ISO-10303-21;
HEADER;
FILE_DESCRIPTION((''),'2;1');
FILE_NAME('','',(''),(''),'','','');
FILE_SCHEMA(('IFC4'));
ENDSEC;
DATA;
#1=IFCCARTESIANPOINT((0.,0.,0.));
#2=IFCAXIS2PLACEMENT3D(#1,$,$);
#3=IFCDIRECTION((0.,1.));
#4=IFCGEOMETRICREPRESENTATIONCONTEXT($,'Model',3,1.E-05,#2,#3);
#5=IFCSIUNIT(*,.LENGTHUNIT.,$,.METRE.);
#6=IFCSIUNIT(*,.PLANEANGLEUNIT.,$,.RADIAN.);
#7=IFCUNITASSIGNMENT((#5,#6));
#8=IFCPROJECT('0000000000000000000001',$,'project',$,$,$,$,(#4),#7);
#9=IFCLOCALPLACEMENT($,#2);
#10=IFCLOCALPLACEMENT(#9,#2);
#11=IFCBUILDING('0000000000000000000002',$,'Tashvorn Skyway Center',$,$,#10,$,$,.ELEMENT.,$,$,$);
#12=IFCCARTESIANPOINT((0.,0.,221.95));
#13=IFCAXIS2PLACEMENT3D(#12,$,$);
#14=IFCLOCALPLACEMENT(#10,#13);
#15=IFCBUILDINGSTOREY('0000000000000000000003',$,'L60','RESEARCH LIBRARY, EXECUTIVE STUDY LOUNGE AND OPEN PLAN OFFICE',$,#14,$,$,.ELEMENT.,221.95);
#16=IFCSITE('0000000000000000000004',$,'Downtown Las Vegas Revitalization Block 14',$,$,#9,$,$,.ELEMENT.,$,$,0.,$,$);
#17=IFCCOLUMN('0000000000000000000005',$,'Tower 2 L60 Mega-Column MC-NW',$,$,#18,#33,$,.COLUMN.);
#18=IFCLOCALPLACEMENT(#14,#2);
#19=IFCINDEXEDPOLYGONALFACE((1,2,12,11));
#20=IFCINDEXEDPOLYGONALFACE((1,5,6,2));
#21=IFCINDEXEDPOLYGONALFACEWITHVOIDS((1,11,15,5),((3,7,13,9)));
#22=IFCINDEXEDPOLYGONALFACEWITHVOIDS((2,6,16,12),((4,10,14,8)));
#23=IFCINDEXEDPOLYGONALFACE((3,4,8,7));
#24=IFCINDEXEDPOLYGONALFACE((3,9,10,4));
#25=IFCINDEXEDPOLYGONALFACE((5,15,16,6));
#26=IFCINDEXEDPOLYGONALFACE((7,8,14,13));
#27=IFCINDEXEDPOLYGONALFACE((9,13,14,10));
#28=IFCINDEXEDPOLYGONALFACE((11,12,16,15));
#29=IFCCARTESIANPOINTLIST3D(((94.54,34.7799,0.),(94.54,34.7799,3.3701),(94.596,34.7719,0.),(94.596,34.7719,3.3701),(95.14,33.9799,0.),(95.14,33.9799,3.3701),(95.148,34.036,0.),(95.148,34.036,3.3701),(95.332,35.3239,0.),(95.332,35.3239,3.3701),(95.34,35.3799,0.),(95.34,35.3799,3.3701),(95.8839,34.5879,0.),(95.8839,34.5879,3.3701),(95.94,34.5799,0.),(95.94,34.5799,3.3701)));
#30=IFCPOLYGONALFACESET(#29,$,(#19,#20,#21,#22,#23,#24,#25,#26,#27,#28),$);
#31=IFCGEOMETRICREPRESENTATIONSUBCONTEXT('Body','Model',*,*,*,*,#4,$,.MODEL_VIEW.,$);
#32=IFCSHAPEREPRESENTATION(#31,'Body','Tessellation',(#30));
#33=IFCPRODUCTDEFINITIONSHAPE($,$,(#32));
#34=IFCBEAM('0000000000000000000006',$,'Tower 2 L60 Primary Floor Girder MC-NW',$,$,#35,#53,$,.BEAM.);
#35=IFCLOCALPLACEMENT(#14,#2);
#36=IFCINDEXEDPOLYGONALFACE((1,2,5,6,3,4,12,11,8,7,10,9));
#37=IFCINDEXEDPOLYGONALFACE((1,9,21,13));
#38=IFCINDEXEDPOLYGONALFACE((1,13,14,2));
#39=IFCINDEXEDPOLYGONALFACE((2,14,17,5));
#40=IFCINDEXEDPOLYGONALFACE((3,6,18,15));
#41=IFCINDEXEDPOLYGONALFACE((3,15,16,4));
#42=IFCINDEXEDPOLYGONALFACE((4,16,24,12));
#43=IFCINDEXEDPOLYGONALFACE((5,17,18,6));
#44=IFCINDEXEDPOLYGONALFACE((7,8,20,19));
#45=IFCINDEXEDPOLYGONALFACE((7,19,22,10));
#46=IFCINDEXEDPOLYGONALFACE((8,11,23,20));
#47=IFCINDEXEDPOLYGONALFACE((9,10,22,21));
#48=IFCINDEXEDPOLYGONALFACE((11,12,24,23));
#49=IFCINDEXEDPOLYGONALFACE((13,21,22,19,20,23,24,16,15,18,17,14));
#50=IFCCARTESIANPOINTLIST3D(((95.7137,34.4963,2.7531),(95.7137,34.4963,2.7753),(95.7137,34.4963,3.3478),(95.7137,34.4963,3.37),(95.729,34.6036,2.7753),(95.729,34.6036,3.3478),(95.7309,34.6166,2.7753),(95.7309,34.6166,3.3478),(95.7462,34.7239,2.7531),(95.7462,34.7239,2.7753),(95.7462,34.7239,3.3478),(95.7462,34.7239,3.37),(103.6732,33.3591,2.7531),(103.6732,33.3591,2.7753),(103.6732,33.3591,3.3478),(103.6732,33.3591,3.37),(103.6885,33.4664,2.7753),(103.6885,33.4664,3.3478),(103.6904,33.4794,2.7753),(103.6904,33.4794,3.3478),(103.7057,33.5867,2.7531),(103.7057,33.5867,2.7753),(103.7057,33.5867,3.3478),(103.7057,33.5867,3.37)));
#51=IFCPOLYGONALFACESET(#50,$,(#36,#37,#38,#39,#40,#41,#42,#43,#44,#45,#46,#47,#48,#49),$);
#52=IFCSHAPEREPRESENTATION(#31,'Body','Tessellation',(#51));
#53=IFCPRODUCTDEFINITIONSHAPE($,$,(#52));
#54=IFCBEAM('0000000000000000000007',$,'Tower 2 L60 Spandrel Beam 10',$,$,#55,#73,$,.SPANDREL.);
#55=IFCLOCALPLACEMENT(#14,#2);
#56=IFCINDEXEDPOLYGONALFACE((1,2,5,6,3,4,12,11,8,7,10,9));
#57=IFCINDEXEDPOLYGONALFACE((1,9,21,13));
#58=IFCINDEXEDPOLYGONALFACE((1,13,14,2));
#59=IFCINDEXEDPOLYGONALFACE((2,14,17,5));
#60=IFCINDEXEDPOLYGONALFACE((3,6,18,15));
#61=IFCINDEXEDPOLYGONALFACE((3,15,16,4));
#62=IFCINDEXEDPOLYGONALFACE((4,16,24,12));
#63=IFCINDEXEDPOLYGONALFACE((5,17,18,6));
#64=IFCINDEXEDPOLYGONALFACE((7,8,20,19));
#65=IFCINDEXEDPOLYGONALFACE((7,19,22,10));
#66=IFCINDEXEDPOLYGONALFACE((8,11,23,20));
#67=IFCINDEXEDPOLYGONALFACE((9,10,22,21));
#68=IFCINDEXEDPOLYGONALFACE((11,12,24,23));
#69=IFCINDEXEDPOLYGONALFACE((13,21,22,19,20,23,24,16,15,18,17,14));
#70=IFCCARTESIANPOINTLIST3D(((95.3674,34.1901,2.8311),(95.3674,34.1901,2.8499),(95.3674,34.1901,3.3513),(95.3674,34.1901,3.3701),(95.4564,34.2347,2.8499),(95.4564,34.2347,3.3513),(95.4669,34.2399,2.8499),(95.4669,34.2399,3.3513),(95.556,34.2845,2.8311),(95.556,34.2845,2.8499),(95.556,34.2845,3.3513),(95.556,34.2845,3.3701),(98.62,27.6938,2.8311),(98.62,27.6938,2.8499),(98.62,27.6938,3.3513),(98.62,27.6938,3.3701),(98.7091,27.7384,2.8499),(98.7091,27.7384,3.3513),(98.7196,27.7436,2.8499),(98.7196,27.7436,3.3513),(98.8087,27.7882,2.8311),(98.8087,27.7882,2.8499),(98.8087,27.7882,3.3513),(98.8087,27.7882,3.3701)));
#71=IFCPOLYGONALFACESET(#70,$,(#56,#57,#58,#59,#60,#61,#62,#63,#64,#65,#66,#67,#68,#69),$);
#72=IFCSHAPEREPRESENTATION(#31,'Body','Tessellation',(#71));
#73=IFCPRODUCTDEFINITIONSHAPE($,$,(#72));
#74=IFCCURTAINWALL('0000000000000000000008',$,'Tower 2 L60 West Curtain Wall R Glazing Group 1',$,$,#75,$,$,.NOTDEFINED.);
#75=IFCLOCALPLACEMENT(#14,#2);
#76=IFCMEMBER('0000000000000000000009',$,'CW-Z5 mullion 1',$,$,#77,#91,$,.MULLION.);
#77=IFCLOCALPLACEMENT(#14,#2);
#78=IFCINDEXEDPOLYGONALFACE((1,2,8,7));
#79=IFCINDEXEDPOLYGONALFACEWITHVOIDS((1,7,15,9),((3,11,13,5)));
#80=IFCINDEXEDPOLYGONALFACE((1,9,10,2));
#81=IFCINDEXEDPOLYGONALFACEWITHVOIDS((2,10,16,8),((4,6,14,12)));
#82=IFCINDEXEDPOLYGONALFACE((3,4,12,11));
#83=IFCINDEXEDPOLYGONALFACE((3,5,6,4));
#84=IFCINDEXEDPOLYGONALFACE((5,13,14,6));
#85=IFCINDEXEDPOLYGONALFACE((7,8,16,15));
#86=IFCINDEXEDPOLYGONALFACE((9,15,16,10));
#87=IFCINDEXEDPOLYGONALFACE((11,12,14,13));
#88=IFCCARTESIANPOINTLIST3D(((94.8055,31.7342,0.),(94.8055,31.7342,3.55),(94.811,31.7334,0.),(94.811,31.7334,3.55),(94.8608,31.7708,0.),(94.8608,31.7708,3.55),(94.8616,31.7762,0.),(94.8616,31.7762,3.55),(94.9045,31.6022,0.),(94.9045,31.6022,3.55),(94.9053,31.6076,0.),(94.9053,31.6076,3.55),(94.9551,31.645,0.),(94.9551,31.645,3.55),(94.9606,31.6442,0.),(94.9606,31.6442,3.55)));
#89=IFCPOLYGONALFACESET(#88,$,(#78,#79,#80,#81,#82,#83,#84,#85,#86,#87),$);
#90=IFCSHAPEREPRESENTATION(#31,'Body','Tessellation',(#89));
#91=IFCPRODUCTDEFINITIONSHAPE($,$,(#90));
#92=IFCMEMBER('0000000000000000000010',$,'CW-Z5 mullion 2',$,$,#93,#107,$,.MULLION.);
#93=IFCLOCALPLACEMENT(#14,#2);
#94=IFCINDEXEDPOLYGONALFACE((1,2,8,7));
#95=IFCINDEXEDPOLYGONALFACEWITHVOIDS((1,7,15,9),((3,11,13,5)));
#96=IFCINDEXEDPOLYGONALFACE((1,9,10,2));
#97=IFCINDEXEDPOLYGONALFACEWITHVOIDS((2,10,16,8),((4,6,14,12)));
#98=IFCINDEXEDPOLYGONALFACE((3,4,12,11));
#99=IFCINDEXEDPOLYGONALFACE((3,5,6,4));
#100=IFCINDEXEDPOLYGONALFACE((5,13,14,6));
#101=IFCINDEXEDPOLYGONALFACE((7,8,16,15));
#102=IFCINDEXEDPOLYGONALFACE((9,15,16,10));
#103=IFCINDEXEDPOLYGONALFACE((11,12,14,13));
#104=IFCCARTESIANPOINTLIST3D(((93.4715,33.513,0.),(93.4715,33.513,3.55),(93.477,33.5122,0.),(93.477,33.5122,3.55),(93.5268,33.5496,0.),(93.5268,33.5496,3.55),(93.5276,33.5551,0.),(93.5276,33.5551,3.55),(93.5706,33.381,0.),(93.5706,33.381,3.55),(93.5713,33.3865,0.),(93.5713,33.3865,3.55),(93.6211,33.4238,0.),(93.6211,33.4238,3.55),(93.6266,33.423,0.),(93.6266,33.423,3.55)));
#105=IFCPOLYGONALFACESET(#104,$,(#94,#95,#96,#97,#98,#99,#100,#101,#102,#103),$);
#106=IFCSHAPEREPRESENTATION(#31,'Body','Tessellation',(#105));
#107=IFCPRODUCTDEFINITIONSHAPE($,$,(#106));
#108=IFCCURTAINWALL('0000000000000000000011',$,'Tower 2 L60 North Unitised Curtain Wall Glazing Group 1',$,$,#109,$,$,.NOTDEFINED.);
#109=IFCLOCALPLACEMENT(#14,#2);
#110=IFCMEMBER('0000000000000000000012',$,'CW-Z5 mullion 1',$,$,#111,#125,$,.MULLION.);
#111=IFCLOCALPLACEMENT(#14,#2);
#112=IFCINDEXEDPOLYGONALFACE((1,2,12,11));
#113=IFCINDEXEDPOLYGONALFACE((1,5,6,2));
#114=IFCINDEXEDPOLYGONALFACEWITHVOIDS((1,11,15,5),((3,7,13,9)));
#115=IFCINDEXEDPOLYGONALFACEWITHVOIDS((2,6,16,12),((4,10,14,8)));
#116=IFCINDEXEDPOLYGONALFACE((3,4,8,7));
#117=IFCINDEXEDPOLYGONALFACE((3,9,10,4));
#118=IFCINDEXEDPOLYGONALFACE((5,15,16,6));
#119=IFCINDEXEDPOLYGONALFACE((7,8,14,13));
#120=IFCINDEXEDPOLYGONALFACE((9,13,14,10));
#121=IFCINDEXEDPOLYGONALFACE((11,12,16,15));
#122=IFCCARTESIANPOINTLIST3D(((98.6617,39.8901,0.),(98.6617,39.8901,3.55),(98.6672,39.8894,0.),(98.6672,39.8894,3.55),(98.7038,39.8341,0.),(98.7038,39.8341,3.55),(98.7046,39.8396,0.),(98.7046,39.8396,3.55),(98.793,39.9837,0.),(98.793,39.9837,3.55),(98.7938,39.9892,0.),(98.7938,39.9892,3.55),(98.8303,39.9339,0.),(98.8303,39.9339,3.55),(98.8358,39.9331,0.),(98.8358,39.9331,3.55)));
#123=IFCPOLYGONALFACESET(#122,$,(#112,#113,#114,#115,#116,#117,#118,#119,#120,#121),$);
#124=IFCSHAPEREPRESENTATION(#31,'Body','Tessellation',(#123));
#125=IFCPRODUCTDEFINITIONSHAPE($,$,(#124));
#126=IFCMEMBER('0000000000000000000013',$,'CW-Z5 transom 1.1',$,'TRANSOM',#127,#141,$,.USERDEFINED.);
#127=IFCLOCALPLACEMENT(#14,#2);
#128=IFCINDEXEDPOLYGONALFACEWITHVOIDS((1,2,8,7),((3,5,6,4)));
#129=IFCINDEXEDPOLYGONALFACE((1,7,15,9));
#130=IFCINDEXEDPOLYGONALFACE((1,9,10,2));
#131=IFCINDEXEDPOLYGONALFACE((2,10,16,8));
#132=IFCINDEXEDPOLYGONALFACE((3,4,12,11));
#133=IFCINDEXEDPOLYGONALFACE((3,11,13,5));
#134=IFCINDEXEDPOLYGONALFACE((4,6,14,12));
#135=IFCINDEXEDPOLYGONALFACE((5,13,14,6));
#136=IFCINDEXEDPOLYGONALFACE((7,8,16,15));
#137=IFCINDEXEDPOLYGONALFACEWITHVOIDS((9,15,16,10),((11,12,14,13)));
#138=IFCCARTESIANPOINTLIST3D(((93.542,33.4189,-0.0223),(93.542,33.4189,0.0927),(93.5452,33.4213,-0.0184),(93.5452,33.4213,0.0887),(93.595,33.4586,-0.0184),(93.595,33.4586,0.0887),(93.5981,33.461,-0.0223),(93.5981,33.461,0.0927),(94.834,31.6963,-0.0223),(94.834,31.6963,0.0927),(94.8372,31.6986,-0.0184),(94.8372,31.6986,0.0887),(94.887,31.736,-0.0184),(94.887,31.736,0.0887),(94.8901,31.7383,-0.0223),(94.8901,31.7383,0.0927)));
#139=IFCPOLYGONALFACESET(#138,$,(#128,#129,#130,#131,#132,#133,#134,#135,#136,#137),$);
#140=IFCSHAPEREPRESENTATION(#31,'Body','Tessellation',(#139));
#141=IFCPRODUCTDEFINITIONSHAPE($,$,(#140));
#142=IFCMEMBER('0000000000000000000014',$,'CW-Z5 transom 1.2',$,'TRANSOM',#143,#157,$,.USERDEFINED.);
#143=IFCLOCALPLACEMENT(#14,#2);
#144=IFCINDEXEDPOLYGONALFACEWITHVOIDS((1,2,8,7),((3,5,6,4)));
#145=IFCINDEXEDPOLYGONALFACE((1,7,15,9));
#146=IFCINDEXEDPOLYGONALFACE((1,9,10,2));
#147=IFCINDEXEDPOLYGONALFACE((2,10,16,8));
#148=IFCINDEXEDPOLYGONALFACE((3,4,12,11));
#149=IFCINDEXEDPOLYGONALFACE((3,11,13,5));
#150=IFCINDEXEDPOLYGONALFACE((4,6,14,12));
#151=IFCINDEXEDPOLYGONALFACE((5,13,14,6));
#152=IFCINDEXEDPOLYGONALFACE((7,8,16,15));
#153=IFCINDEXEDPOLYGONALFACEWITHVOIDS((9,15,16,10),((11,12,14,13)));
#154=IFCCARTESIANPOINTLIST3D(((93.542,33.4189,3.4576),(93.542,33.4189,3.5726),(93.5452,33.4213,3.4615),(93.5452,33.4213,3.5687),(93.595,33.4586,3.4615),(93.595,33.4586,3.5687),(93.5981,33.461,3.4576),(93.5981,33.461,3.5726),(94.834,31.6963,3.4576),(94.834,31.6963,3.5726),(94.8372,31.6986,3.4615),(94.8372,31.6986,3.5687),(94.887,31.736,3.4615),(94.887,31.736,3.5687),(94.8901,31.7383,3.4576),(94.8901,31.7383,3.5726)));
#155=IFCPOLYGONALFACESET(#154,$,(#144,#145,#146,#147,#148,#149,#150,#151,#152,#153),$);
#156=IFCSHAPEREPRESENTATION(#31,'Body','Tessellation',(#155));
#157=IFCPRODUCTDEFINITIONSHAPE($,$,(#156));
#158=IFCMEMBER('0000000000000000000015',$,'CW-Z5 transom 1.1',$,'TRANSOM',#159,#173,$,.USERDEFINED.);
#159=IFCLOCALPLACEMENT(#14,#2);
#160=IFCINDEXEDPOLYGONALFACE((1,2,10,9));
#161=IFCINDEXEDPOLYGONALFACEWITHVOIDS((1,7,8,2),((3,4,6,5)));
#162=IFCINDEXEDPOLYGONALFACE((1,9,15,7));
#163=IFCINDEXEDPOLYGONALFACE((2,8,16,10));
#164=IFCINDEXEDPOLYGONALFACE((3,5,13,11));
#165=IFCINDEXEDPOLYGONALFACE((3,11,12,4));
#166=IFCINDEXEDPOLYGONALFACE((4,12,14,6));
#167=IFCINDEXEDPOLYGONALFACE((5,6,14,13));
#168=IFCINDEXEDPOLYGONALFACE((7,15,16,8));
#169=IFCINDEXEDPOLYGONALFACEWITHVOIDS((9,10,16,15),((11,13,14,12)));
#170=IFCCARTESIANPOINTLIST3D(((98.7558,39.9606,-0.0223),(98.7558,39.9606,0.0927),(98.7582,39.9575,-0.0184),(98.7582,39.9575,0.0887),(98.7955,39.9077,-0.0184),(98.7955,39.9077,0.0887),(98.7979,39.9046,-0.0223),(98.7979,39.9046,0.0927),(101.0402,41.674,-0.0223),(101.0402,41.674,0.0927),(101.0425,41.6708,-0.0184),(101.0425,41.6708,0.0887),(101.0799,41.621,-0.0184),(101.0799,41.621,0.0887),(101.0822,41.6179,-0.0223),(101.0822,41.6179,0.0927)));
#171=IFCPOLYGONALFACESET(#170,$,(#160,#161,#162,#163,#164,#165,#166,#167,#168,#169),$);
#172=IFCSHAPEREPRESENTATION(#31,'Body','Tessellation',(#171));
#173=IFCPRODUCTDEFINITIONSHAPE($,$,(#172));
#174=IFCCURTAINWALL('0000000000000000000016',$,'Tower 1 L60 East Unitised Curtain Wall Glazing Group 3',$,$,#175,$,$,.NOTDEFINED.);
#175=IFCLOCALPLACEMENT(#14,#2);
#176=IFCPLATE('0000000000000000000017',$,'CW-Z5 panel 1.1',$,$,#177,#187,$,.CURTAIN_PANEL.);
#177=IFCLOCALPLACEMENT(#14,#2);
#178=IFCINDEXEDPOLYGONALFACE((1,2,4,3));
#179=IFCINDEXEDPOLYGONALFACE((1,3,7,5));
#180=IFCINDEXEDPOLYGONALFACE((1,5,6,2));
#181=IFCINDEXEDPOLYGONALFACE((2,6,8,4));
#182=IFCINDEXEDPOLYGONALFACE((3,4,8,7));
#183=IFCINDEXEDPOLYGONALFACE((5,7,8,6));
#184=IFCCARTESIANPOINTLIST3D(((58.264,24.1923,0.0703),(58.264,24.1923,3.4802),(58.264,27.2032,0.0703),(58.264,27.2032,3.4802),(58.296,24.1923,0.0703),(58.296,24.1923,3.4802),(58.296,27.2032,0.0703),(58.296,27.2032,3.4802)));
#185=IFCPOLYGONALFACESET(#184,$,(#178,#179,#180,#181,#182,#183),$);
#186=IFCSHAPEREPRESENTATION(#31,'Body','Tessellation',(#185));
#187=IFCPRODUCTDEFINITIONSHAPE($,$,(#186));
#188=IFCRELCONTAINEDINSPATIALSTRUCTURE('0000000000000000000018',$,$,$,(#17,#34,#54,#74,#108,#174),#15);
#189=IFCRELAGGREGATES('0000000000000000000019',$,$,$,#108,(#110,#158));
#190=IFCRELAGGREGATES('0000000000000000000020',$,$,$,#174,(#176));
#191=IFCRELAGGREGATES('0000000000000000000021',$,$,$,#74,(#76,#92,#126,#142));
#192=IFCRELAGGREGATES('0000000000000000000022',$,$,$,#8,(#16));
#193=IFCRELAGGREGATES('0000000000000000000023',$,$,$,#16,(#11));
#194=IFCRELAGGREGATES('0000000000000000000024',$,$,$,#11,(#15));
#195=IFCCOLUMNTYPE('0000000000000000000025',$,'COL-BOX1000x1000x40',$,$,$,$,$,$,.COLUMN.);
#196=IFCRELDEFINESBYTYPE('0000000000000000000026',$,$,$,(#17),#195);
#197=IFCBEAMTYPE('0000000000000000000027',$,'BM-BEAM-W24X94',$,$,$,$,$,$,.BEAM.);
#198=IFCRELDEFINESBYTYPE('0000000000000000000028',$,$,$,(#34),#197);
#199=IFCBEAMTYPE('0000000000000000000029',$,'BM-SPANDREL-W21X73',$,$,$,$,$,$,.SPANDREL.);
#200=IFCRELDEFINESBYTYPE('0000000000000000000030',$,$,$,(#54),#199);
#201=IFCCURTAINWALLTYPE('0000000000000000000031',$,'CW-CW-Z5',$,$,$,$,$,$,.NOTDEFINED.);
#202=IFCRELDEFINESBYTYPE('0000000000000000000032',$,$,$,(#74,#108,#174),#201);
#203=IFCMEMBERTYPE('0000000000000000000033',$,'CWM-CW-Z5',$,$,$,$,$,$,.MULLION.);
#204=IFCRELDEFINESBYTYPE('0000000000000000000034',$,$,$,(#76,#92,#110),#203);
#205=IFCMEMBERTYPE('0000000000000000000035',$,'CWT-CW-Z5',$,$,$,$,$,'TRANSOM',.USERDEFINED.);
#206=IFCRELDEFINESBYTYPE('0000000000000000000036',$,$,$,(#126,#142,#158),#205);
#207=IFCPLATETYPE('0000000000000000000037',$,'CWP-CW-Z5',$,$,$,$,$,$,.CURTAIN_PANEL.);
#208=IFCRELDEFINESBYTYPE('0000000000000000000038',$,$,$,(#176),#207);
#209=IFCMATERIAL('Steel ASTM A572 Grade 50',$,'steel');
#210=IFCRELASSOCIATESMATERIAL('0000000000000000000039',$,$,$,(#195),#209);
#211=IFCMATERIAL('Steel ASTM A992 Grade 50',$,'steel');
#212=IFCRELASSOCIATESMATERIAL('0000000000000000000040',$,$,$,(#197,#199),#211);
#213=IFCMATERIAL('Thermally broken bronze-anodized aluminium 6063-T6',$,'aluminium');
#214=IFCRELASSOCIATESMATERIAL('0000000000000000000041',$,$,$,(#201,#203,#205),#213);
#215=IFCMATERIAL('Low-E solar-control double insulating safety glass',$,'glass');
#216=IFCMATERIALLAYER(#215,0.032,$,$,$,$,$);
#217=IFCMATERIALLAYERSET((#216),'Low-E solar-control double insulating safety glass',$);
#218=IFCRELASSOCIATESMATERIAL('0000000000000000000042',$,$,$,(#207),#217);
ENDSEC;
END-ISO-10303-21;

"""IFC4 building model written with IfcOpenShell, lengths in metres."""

from ifc_helpers import new_model, si_unit, direction, frame, origin, origin_2d, place, context, subcontext, project, spatial, rectangle, hollow_rectangle, i_section, extrude, material, layer, layer_set, material_profile, profile_set, type_object, element, aggregate, save


model = new_model("IFC4")

# Units and contexts
model_context = context("Model", 3, precision=1e-05, world=origin(), true_north=direction((0.0, 1.0)))
body_context = subcontext(model_context, "Body", "Model", "MODEL_VIEW")
ifc_project = project(units=[si_unit("LENGTHUNIT", "METRE"), si_unit("PLANEANGLEUNIT", "RADIAN")], contexts=[model_context])

# Site, building, storey
site_placement = place(None, origin())
site = spatial("IfcSite", under=ifc_project, at=site_placement, Name="Downtown Las Vegas Revitalization Block 14", CompositionType="ELEMENT", RefElevation=0.0)
building_placement = place(site_placement, origin())
building = spatial("IfcBuilding", under=site, at=building_placement, Name="Tashvorn Skyway Center", CompositionType="ELEMENT")
storey_placement = place(building_placement, frame((0.0, 0.0, 221.95)))
storey = spatial("IfcBuildingStorey", under=building, at=storey_placement, Name="L60", Description="RESEARCH LIBRARY, EXECUTIVE STUDY LOUNGE AND OPEN PLAN OFFICE", CompositionType="ELEMENT", Elevation=221.95)

# Column
ifc_material_1 = material(Name="Steel ASTM A572 Grade 50", Category="steel")
ifc_material_profile_1 = material_profile(ifc_material_1, hollow_rectangle(XDim=1.0, YDim=1.0, WallThickness=0.04, at=origin_2d()), Name="BOX1000x1000x40")
ifc_profile_set_1 = profile_set([ifc_material_profile_1], Name="Steel ASTM A572 Grade 50")
column_type = type_object("IfcColumnType", Name="COL-BOX1000x1000x40", PredefinedType="COLUMN", material=ifc_profile_set_1)
column_placement = place(storey_placement, frame((95.24, 34.6799, 0.0), z_axis=(0.0, 0.0, 1.0), x_axis=(0.8, 0.6, 0.0)))
element("IfcColumn", 1, at=column_placement, inside=storey, type_object=column_type, Name="Tower 2 L60 Mega-Column MC-NW", PredefinedType="COLUMN", context=body_context, shape_type="SweptSolid", body=[
    extrude(hollow_rectangle(XDim=1.0, YDim=1.0, WallThickness=0.04, at=origin_2d()), origin(), (0.0, 0.0, 1.0), 3.3701),
])

# Beams
ifc_material_2 = material(Name="Steel ASTM A992 Grade 50", Category="steel")
ifc_material_profile_2 = material_profile(ifc_material_2, i_section(OverallWidth=0.23, OverallDepth=0.6169, WebThickness=0.0132, FlangeThickness=0.0222, at=origin_2d()), Name="W24X94")
ifc_profile_set_2 = profile_set([ifc_material_profile_2], Name="Steel ASTM A992 Grade 50")
beam_type_1 = type_object("IfcBeamType", Name="BM-BEAM-W24X94", PredefinedType="BEAM", material=ifc_profile_set_2)
beam_1_placement = place(storey_placement, frame((95.73, 34.6101, 3.0615), z_axis=(0.989947, -0.141438, 0.0), x_axis=(0.141438, 0.989947, 0.0)))
element("IfcBeam", 2, at=beam_1_placement, inside=storey, type_object=beam_type_1, Name="Tower 2 L60 Primary Floor Girder MC-NW", PredefinedType="BEAM", context=body_context, shape_type="SweptSolid", body=[
    extrude(i_section(OverallWidth=0.23, OverallDepth=0.6169, WebThickness=0.0132, FlangeThickness=0.0222, at=origin_2d()), origin(), (0.0, 0.0, 1.0), 8.0403),
])
ifc_material_profile_3 = material_profile(ifc_material_2, i_section(OverallWidth=0.2109, OverallDepth=0.5391, WebThickness=0.0117, FlangeThickness=0.0188, at=origin_2d()), Name="W21X73")
ifc_profile_set_3 = profile_set([ifc_material_profile_3], Name="Steel ASTM A992 Grade 50")
beam_type_2 = type_object("IfcBeamType", Name="BM-SPANDREL-W21X73", PredefinedType="SPANDREL", material=ifc_profile_set_3)
beam_2_placement = place(storey_placement, frame((95.4617, 34.2373, 3.1006), z_axis=(0.447711, -0.894178, 0.0), x_axis=(0.894178, 0.447711, 0.0)))
element("IfcBeam", 3, at=beam_2_placement, inside=storey, type_object=beam_type_2, Name="Tower 2 L60 Spandrel Beam 10", PredefinedType="SPANDREL", context=body_context, shape_type="SweptSolid", body=[
    extrude(i_section(OverallWidth=0.2109, OverallDepth=0.5391, WebThickness=0.0117, FlangeThickness=0.0188, at=origin_2d()), origin(), (0.0, 0.0, 1.0), 7.2651),
])

# Curtain wall, members
ifc_material_3 = material(Name="Thermally broken bronze-anodized aluminium 6063-T6", Category="aluminium")
curtain_wall_type = type_object("IfcCurtainWallType", Name="CW-CW-Z5", PredefinedType="NOTDEFINED", material=ifc_material_3)
curtain_wall_1_placement = place(storey_placement, origin())
curtain_wall_1 = element("IfcCurtainWall", 4, at=curtain_wall_1_placement, inside=storey, type_object=curtain_wall_type, Name="Tower 2 L60 West Curtain Wall R Glazing Group 1", PredefinedType="NOTDEFINED")
ifc_material_profile_4 = material_profile(ifc_material_3, hollow_rectangle(XDim=0.0701, YDim=0.165, WallThickness=0.0039, at=origin_2d()), Name="ALU-MULL-70x165")
ifc_profile_set_4 = profile_set([ifc_material_profile_4], Name="Thermally broken bronze-anodized aluminium 6063-T6")
member_type_1 = type_object("IfcMemberType", Name="CWM-CW-Z5", PredefinedType="MULLION", material=ifc_profile_set_4)
member_1_placement = place(storey_placement, frame((94.8831, 31.6892, 0.0), z_axis=(0.0, 0.0, 1.0), x_axis=(-0.800005, -0.599993, 0.0)))
member_1 = element("IfcMember", 5, at=member_1_placement, type_object=member_type_1, Name="CW-Z5 mullion 1", PredefinedType="MULLION", context=body_context, shape_type="SweptSolid", body=[
    extrude(hollow_rectangle(XDim=0.0701, YDim=0.165, WallThickness=0.0039, at=origin_2d()), origin(), (0.0, 0.0, 1.0), 3.55),
])
member_2_placement = place(storey_placement, frame((93.5491, 33.468, 0.0), z_axis=(0.0, 0.0, 1.0), x_axis=(-0.800005, -0.599993, 0.0)))
member_2 = element("IfcMember", 6, at=member_2_placement, type_object=member_type_1, Name="CW-Z5 mullion 2", PredefinedType="MULLION", context=body_context, shape_type="SweptSolid", body=[
    extrude(hollow_rectangle(XDim=0.0701, YDim=0.165, WallThickness=0.0039, at=origin_2d()), origin(), (0.0, 0.0, 1.0), 3.55),
])

# Curtain wall, member
curtain_wall_2_placement = place(storey_placement, origin())
curtain_wall_2 = element("IfcCurtainWall", 7, at=curtain_wall_2_placement, inside=storey, type_object=curtain_wall_type, Name="Tower 2 L60 North Unitised Curtain Wall Glazing Group 1", PredefinedType="NOTDEFINED")
member_3_placement = place(storey_placement, frame((98.7488, 39.9116, 0.0), z_axis=(0.0, 0.0, 1.0), x_axis=(-0.6, 0.8, 0.0)))
member_3 = element("IfcMember", 8, at=member_3_placement, type_object=member_type_1, Name="CW-Z5 mullion 1", PredefinedType="MULLION", context=body_context, shape_type="SweptSolid", body=[
    extrude(hollow_rectangle(XDim=0.0701, YDim=0.165, WallThickness=0.0039, at=origin_2d()), origin(), (0.0, 0.0, 1.0), 3.55),
])

# Members
ifc_material_profile_5 = material_profile(ifc_material_3, hollow_rectangle(XDim=0.0701, YDim=0.115, WallThickness=0.0039, at=origin_2d()), Name="ALU-TRAN-70x115")
ifc_profile_set_5 = profile_set([ifc_material_profile_5], Name="Thermally broken bronze-anodized aluminium 6063-T6")
member_type_2 = type_object("IfcMemberType", Name="CWT-CW-Z5", ElementType="TRANSOM", PredefinedType="USERDEFINED", material=ifc_profile_set_5)
member_4_placement = place(storey_placement, frame((94.8621, 31.7173, 0.0352), z_axis=(-0.6, 0.8, 0.0), x_axis=(-0.8, -0.6, 0.0)))
member_4 = element("IfcMember", 9, at=member_4_placement, type_object=member_type_2, Name="CW-Z5 transom 1.1", ObjectType="TRANSOM", PredefinedType="USERDEFINED", context=body_context, shape_type="SweptSolid", body=[
    extrude(hollow_rectangle(XDim=0.0701, YDim=0.115, WallThickness=0.0039, at=origin_2d()), origin(), (0.0, 0.0, 1.0), 2.1533),
])
member_5_placement = place(storey_placement, frame((94.8621, 31.7173, 3.5151), z_axis=(-0.6, 0.8, 0.0), x_axis=(-0.8, -0.6, 0.0)))
member_5 = element("IfcMember", 10, at=member_5_placement, type_object=member_type_2, Name="CW-Z5 transom 1.2", ObjectType="TRANSOM", PredefinedType="USERDEFINED", context=body_context, shape_type="SweptSolid", body=[
    extrude(hollow_rectangle(XDim=0.0701, YDim=0.115, WallThickness=0.0039, at=origin_2d()), origin(), (0.0, 0.0, 1.0), 2.1533),
])
member_6_placement = place(storey_placement, frame((98.7769, 39.9326, 0.0352), z_axis=(0.79999, 0.600014, 0.0), x_axis=(-0.600014, 0.79999, 0.0)))
member_6 = element("IfcMember", 11, at=member_6_placement, type_object=member_type_2, Name="CW-Z5 transom 1.1", ObjectType="TRANSOM", PredefinedType="USERDEFINED", context=body_context, shape_type="SweptSolid", body=[
    extrude(hollow_rectangle(XDim=0.0701, YDim=0.115, WallThickness=0.0039, at=origin_2d()), origin(), (0.0, 0.0, 1.0), 2.8555),
])
aggregate(curtain_wall_2, [member_3, member_6])

# Curtain wall, plate
curtain_wall_3_placement = place(storey_placement, origin())
curtain_wall_3 = element("IfcCurtainWall", 12, at=curtain_wall_3_placement, inside=storey, type_object=curtain_wall_type, Name="Tower 1 L60 East Unitised Curtain Wall Glazing Group 3", PredefinedType="NOTDEFINED")
ifc_material_4 = material(Name="Low-E solar-control double insulating safety glass", Category="glass")
ifc_layer_1 = layer(ifc_material_4, 0.032)
ifc_layer_set_1 = layer_set([ifc_layer_1], Name="Low-E solar-control double insulating safety glass")
plate_type = type_object("IfcPlateType", Name="CWP-CW-Z5", PredefinedType="CURTAIN_PANEL", material=ifc_layer_set_1)
plate_1_placement = place(storey_placement, frame((58.28, 25.6978, 0.0703), z_axis=(0.0, 0.0, 1.0), x_axis=(0.0, -1.0, 0.0)))
plate_1 = element("IfcPlate", 13, at=plate_1_placement, type_object=plate_type, Name="CW-Z5 panel 1.1", PredefinedType="CURTAIN_PANEL", context=body_context, shape_type="SweptSolid", body=[
    extrude(rectangle(XDim=3.011, YDim=0.032, at=origin_2d()), origin(), (0.0, 0.0, 1.0), 3.4099),
])
aggregate(curtain_wall_3, [plate_1])

aggregate(curtain_wall_1, [member_1, member_2, member_4, member_5])

save(model, "model.ifc")
